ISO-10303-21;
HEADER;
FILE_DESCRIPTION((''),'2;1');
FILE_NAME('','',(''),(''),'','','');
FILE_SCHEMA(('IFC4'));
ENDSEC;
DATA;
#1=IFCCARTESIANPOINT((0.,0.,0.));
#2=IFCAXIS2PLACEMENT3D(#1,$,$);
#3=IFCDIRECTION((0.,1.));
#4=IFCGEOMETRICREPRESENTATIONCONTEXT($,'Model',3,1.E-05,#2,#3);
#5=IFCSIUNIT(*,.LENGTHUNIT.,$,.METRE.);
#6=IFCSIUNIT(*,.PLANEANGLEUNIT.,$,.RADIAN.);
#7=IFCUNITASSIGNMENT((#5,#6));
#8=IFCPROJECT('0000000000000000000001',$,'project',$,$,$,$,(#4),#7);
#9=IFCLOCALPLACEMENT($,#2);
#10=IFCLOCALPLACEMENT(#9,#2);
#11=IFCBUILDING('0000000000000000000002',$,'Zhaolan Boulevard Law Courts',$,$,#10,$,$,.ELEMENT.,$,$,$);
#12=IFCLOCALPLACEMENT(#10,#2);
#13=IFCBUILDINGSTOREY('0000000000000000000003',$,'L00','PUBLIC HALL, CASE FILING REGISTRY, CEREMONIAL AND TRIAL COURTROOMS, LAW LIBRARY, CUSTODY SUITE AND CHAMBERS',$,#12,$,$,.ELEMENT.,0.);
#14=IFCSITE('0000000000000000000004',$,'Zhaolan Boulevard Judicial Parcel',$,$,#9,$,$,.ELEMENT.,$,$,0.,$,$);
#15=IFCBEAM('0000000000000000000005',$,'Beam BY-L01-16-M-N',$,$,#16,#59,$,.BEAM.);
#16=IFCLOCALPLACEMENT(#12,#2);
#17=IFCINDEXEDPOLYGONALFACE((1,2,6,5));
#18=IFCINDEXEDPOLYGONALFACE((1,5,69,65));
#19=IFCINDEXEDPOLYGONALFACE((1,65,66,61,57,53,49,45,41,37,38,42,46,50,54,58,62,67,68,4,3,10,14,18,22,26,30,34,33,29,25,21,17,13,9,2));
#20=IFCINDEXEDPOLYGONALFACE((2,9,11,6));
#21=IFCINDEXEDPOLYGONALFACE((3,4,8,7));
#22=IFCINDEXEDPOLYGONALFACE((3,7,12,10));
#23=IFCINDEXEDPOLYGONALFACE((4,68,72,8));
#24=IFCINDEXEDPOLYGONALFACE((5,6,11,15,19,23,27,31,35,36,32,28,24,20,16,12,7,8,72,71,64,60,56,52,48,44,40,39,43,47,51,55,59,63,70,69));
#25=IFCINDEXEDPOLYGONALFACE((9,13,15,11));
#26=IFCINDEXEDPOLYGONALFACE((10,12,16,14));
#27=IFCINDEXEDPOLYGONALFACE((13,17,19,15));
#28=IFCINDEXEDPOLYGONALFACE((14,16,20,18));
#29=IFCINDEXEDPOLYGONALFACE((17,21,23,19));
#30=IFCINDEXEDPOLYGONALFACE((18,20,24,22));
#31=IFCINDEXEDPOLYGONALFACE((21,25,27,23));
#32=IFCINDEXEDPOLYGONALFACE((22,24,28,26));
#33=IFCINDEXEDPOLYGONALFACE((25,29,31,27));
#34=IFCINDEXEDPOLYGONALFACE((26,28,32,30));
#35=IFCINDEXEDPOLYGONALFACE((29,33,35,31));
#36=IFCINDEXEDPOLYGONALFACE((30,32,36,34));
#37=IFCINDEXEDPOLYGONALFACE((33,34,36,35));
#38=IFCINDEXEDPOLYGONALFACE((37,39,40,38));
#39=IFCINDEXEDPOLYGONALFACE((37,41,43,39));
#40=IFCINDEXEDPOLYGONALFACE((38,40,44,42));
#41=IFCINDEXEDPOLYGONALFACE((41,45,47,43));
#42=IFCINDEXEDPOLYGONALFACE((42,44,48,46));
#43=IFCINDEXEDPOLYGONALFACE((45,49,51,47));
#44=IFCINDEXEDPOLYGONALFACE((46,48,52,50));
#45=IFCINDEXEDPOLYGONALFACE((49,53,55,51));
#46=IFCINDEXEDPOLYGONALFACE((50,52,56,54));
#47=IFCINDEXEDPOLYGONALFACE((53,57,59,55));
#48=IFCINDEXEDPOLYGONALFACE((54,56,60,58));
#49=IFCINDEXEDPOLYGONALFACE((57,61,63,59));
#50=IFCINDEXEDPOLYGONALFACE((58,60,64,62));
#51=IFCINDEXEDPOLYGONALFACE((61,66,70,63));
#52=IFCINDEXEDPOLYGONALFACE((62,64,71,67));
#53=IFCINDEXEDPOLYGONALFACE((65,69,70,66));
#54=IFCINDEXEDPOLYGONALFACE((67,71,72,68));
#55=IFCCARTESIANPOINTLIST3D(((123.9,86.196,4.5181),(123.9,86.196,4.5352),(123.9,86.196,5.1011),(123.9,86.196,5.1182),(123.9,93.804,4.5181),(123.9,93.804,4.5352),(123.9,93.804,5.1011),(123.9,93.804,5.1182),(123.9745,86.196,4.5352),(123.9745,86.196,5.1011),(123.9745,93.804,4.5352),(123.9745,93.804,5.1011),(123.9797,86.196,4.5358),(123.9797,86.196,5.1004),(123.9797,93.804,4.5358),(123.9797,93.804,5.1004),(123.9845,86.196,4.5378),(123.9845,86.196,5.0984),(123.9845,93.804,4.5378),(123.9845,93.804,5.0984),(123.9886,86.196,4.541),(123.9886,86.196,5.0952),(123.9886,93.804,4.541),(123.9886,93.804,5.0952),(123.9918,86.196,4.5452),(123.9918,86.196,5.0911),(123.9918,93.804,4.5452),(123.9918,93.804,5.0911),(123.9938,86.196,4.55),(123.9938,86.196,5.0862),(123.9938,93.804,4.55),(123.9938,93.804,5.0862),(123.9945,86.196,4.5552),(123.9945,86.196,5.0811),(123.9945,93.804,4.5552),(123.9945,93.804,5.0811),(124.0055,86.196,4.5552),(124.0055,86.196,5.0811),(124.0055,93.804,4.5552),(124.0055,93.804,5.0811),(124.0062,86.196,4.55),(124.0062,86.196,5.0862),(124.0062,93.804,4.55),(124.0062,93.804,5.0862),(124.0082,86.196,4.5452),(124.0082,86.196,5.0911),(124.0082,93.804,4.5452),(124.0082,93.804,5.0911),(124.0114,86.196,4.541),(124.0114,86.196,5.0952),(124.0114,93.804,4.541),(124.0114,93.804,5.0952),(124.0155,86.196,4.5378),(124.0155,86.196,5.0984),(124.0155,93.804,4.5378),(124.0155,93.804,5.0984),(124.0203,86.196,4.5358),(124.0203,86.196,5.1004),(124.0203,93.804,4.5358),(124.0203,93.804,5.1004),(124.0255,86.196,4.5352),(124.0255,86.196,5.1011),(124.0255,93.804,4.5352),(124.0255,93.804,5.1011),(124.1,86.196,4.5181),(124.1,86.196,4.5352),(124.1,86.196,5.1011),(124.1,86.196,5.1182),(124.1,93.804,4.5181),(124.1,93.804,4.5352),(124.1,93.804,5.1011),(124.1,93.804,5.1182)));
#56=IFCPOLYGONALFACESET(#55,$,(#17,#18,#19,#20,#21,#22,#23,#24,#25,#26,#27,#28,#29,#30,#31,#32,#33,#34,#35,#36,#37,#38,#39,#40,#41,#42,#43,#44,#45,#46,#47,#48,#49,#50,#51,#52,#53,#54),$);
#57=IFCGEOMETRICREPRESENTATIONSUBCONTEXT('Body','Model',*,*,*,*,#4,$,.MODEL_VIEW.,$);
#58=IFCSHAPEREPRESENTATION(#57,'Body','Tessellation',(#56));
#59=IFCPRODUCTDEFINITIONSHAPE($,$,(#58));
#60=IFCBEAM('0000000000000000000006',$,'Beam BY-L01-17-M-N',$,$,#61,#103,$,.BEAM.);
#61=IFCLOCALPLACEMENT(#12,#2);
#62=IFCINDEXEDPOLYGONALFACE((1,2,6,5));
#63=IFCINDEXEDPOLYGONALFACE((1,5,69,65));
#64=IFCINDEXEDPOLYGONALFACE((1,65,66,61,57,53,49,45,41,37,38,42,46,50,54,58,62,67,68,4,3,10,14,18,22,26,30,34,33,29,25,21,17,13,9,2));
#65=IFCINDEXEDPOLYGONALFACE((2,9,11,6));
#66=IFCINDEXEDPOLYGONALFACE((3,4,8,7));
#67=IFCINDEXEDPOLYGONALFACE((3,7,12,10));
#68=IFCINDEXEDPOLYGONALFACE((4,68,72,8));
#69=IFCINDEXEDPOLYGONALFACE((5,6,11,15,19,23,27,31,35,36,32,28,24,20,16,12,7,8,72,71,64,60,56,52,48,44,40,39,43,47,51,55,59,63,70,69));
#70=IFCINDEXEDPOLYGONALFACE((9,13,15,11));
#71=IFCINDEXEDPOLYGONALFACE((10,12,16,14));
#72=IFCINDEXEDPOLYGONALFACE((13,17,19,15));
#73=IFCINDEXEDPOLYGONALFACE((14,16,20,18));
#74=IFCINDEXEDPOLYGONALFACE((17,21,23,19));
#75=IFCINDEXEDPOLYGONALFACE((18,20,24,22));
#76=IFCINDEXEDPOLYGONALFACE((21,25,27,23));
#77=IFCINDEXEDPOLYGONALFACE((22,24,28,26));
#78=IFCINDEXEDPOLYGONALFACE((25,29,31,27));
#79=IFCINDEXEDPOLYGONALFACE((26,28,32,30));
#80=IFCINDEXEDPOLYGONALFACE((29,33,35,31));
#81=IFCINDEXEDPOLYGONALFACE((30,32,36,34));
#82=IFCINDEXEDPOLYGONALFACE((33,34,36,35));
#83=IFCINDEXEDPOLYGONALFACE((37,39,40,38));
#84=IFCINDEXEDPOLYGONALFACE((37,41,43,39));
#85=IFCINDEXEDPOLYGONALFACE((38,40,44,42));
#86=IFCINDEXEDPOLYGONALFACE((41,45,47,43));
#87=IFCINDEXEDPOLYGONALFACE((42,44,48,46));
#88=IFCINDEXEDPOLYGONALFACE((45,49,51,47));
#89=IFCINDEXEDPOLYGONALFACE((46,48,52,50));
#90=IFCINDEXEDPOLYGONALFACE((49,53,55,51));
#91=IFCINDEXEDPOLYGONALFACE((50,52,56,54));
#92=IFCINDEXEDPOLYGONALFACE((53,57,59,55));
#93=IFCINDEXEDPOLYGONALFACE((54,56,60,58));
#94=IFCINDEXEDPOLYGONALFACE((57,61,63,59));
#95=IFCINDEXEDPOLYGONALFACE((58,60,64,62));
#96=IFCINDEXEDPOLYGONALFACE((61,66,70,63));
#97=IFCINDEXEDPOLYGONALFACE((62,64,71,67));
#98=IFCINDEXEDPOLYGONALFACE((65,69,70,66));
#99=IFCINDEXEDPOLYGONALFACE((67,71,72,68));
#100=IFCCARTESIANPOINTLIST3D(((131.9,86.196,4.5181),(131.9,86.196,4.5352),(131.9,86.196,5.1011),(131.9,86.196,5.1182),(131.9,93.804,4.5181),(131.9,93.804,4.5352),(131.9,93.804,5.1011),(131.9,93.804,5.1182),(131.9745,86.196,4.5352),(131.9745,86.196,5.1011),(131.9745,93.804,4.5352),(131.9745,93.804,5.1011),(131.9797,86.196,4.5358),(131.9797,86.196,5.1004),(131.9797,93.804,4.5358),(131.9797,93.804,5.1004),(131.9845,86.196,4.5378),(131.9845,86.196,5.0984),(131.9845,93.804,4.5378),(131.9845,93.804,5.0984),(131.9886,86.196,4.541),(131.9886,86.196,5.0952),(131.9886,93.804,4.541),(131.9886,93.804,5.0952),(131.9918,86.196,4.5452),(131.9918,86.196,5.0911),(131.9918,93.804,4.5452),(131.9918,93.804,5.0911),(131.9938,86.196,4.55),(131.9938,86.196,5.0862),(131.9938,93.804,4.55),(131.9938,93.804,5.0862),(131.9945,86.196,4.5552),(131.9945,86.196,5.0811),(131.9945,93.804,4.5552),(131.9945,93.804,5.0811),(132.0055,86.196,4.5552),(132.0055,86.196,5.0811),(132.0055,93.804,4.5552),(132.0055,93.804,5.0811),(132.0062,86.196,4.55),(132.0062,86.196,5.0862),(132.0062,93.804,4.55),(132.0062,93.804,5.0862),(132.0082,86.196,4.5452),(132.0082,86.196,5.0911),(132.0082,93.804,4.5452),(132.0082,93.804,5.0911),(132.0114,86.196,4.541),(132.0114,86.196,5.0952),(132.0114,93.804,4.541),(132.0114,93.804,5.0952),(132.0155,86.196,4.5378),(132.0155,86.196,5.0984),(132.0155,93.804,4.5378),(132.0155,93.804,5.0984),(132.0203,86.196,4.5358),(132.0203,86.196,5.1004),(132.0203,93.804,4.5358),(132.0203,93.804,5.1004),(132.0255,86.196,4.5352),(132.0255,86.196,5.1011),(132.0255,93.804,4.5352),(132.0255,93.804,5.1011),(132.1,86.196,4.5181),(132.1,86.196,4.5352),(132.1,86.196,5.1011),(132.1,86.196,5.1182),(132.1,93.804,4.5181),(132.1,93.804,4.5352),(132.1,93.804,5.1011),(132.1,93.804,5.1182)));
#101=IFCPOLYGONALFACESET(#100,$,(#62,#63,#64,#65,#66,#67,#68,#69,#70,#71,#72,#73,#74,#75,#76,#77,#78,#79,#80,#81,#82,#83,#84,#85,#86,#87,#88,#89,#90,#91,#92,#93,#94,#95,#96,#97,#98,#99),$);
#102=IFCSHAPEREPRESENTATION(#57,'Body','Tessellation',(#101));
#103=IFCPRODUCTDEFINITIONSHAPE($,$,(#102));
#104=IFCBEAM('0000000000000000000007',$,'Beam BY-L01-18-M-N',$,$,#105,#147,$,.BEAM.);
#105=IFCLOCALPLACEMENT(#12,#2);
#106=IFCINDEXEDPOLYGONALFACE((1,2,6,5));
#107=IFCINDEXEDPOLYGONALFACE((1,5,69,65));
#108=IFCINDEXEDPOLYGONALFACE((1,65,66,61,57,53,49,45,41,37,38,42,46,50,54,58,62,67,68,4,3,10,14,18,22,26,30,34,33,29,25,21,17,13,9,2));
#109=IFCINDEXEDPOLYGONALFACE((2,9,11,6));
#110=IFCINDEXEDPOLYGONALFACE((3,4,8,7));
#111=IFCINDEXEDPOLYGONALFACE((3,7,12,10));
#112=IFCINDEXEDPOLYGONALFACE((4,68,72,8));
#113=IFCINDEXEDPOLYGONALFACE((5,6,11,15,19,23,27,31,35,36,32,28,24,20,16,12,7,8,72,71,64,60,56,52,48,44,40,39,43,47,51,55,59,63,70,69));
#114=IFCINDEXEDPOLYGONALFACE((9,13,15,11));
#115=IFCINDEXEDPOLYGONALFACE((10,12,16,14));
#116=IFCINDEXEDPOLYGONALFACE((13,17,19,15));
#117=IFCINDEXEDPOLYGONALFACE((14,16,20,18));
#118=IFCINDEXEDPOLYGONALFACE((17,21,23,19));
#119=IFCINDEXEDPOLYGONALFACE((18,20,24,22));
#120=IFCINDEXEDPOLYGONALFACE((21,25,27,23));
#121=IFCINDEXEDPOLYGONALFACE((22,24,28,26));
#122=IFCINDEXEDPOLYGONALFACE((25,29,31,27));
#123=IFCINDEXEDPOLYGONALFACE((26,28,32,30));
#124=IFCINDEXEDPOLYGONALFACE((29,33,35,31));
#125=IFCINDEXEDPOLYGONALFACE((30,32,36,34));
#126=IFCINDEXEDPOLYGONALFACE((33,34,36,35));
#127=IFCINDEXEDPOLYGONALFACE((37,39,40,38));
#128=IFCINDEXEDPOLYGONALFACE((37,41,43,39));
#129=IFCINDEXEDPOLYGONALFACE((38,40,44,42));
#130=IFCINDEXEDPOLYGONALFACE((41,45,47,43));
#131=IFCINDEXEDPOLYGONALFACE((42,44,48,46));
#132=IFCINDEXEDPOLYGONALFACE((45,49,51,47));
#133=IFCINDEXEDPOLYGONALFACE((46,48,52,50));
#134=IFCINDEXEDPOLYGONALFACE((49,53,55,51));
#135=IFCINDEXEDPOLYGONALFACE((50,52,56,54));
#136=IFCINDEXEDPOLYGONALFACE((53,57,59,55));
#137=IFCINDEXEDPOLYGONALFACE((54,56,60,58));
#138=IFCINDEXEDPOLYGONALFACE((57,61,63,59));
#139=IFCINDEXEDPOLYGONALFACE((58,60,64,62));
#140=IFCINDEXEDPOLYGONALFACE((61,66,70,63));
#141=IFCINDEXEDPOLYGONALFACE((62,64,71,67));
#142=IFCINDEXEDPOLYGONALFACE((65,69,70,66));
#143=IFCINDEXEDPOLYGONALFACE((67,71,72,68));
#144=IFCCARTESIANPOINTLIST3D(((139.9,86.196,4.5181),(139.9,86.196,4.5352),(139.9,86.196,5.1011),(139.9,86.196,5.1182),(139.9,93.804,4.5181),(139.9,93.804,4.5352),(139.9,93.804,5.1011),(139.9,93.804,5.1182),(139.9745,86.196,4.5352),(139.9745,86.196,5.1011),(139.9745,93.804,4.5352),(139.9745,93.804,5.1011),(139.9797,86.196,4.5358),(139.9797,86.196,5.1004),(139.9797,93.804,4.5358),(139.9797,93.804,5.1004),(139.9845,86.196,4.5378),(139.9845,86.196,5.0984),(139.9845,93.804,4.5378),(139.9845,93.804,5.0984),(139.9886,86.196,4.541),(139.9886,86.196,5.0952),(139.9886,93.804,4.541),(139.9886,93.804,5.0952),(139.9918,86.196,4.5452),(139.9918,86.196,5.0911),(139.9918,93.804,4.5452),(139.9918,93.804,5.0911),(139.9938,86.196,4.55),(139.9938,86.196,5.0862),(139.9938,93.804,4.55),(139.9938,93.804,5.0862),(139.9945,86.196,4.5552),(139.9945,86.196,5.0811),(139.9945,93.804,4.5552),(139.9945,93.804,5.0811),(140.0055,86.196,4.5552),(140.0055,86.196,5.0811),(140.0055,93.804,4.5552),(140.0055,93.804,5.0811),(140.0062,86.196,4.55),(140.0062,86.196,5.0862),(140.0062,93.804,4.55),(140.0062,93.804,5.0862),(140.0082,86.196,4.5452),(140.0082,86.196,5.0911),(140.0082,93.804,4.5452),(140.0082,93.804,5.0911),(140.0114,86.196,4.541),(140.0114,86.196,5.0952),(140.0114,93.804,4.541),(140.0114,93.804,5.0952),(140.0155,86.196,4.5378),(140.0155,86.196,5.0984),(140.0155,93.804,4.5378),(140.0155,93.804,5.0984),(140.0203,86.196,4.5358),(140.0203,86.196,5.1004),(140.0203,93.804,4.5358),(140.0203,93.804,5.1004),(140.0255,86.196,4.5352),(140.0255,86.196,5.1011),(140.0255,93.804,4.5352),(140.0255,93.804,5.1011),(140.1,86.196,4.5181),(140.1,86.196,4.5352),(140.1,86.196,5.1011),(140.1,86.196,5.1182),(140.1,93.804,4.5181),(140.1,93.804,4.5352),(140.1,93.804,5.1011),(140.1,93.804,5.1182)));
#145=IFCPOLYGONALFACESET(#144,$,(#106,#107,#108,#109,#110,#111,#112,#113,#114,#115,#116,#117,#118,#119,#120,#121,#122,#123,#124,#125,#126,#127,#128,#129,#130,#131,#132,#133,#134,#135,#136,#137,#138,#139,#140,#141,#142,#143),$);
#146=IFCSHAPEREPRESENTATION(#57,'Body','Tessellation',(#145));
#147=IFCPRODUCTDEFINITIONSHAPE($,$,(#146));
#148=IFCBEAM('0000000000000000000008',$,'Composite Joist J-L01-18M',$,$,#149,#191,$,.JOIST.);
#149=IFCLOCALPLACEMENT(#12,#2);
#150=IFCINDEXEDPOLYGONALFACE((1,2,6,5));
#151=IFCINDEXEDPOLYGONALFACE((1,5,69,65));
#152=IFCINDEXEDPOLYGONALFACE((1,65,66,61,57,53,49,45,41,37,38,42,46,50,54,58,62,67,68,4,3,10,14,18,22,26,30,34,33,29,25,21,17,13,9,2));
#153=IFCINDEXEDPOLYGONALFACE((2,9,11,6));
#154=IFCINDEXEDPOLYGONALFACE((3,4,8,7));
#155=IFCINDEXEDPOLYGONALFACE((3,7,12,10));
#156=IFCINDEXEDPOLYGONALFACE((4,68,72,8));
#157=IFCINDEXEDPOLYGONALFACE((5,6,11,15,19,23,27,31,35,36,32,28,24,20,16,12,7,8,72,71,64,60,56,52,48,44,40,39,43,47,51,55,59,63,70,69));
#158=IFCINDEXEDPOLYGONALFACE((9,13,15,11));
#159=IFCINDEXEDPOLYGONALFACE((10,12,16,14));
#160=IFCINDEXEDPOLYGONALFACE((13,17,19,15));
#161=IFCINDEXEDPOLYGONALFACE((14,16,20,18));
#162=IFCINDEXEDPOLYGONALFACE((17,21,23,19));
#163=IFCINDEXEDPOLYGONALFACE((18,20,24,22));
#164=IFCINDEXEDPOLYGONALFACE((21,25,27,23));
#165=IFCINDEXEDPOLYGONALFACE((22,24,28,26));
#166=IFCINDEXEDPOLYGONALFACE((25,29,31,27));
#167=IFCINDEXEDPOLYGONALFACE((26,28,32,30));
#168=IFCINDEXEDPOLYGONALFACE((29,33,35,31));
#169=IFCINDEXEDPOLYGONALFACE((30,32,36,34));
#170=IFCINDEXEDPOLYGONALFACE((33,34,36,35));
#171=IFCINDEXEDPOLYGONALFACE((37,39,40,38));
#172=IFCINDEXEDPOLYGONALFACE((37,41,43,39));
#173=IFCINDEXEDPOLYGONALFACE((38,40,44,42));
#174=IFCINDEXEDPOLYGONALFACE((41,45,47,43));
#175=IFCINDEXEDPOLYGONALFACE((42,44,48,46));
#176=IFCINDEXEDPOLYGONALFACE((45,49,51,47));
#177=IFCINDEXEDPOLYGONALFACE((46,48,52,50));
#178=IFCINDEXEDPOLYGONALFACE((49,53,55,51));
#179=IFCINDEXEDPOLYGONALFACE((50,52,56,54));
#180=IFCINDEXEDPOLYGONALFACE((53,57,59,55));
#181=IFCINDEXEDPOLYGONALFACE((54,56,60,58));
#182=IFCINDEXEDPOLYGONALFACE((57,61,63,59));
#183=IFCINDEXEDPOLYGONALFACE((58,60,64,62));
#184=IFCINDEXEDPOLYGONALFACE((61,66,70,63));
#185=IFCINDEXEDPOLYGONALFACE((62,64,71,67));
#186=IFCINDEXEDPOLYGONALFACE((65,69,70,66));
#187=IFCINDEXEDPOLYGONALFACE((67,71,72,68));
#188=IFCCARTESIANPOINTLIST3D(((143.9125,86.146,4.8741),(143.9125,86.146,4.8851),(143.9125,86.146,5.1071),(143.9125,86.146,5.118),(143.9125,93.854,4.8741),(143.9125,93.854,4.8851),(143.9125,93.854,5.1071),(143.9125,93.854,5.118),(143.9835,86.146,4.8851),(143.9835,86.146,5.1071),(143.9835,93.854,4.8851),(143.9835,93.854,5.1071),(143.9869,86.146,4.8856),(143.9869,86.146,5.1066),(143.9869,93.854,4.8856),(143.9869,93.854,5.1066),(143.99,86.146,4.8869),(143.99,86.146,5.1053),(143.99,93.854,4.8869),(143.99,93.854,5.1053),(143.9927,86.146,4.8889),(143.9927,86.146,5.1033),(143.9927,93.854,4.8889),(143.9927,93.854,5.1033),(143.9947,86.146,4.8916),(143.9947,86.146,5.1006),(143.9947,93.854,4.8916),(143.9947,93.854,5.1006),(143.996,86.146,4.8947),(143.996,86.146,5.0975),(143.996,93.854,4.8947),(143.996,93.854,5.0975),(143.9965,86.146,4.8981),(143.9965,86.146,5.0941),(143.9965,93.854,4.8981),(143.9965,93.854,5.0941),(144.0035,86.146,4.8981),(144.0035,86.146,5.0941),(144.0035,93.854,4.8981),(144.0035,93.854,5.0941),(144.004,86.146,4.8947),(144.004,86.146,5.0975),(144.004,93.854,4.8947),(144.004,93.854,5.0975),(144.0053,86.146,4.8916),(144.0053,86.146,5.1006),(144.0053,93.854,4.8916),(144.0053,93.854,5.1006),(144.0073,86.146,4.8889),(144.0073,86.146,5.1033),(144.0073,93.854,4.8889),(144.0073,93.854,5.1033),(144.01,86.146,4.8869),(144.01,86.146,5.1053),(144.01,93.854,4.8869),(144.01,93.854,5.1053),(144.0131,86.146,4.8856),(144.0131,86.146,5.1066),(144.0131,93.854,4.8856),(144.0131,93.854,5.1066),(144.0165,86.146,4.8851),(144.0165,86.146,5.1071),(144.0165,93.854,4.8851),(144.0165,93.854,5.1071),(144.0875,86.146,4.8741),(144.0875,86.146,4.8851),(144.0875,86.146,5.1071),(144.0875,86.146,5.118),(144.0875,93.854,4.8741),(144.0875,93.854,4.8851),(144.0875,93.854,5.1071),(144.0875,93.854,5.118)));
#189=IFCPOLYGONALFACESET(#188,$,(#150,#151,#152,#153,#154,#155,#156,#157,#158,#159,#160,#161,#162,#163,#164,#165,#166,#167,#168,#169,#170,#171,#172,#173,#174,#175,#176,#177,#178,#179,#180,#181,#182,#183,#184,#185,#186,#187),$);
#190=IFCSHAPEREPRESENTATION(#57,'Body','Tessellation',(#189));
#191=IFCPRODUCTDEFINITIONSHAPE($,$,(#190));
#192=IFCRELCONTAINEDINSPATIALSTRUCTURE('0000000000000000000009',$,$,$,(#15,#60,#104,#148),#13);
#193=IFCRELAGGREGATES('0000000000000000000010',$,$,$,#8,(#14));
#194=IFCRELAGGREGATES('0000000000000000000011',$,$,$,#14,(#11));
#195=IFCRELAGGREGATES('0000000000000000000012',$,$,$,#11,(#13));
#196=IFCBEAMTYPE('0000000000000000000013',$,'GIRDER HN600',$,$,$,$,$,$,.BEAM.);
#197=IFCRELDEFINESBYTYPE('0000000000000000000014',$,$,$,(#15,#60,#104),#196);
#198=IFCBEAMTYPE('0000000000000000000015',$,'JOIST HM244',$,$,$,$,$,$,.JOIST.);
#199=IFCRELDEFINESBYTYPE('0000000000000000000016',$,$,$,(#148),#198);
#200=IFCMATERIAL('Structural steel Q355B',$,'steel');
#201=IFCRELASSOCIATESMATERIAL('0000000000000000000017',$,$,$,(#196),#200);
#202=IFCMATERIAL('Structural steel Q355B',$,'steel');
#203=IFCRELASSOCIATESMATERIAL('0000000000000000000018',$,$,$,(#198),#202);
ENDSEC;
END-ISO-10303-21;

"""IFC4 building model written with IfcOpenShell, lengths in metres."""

from ifc_helpers import new_model, si_unit, direction, frame, origin, origin_2d, place, context, subcontext, project, spatial, i_section, extrude, material, material_profile, profile_set, type_object, element, save


model = new_model("IFC4")

# Units and contexts
model_context = context("Model", 3, precision=1e-05, world=origin(), true_north=direction((0.0, 1.0)))
body_context = subcontext(model_context, "Body", "Model", "MODEL_VIEW")
ifc_project = project(units=[si_unit("LENGTHUNIT", "METRE"), si_unit("PLANEANGLEUNIT", "RADIAN")], contexts=[model_context])

# Site, building, storey
site_placement = place(None, origin())
site = spatial("IfcSite", under=ifc_project, at=site_placement, Name="Zhaolan Boulevard Judicial Parcel", CompositionType="ELEMENT", RefElevation=0.0)
building_placement = place(site_placement, origin())
building = spatial("IfcBuilding", under=site, at=building_placement, Name="Zhaolan Boulevard Law Courts", CompositionType="ELEMENT")
storey_placement = place(building_placement, origin())
storey = spatial("IfcBuildingStorey", under=building, at=storey_placement, Name="L00", Description="PUBLIC HALL, CASE FILING REGISTRY, CEREMONIAL AND TRIAL COURTROOMS, LAW LIBRARY, CUSTODY SUITE AND CHAMBERS", CompositionType="ELEMENT", Elevation=0.0)

# Beams
ifc_material_1 = material(Name="Structural steel Q355B", Category="steel")
ifc_material_profile_1 = material_profile(ifc_material_1, i_section(OverallWidth=0.2, OverallDepth=0.6001, WebThickness=0.011, FlangeThickness=0.0171, FilletRadius=0.02, at=origin_2d()), Name="HN600x200")
ifc_profile_set_1 = profile_set([ifc_material_profile_1], Name="Structural steel Q355B")
beam_type_1 = type_object("IfcBeamType", Name="GIRDER HN600", PredefinedType="BEAM", material=ifc_profile_set_1)
for number, where, z_axis, x_axis, name in (
    (1, (124.0, 86.196, 4.8181), (0.0, 1.0, 0.0), (-1.0, 0.0, 0.0), "Beam BY-L01-16-M-N"),
    (2, (132.0, 86.196, 4.8181), (0.0, 1.0, 0.0), (-1.0, 0.0, 0.0), "Beam BY-L01-17-M-N"),
    (3, (140.0, 86.196, 4.8181), (0.0, 1.0, 0.0), (-1.0, 0.0, 0.0), "Beam BY-L01-18-M-N"),
):
    element("IfcBeam", number, at=place(storey_placement, frame(where, z_axis=z_axis, x_axis=x_axis)), inside=storey, type_object=beam_type_1, Name=name, PredefinedType="BEAM", context=body_context, shape_type="SweptSolid", body=[
        extrude(i_section(OverallWidth=0.2, OverallDepth=0.6001, WebThickness=0.011, FlangeThickness=0.0171, FilletRadius=0.02, at=origin_2d()), origin(), (0.0, 0.0, 1.0), 7.6079),
    ])
ifc_material_2 = material(Name="Structural steel Q355B", Category="steel")
ifc_material_profile_2 = material_profile(ifc_material_2, i_section(OverallWidth=0.175, OverallDepth=0.2439, WebThickness=0.0071, FlangeThickness=0.011, FilletRadius=0.0129, at=origin_2d()), Name="HM244x175")
ifc_profile_set_2 = profile_set([ifc_material_profile_2], Name="Structural steel Q355B")
beam_type_2 = type_object("IfcBeamType", Name="JOIST HM244", PredefinedType="JOIST", material=ifc_profile_set_2)
beam_1_placement = place(storey_placement, frame((144.0, 86.146, 4.9961), z_axis=(0.0, 1.0, 0.0), x_axis=(-1.0, 0.0, 0.0)))
element("IfcBeam", 4, at=beam_1_placement, inside=storey, type_object=beam_type_2, Name="Composite Joist J-L01-18M", PredefinedType="JOIST", context=body_context, shape_type="SweptSolid", body=[
    extrude(i_section(OverallWidth=0.175, OverallDepth=0.2439, WebThickness=0.0071, FlangeThickness=0.011, FilletRadius=0.0129, at=origin_2d()), origin(), (0.0, 0.0, 1.0), 7.708),
])

save(model, "model.ifc")
